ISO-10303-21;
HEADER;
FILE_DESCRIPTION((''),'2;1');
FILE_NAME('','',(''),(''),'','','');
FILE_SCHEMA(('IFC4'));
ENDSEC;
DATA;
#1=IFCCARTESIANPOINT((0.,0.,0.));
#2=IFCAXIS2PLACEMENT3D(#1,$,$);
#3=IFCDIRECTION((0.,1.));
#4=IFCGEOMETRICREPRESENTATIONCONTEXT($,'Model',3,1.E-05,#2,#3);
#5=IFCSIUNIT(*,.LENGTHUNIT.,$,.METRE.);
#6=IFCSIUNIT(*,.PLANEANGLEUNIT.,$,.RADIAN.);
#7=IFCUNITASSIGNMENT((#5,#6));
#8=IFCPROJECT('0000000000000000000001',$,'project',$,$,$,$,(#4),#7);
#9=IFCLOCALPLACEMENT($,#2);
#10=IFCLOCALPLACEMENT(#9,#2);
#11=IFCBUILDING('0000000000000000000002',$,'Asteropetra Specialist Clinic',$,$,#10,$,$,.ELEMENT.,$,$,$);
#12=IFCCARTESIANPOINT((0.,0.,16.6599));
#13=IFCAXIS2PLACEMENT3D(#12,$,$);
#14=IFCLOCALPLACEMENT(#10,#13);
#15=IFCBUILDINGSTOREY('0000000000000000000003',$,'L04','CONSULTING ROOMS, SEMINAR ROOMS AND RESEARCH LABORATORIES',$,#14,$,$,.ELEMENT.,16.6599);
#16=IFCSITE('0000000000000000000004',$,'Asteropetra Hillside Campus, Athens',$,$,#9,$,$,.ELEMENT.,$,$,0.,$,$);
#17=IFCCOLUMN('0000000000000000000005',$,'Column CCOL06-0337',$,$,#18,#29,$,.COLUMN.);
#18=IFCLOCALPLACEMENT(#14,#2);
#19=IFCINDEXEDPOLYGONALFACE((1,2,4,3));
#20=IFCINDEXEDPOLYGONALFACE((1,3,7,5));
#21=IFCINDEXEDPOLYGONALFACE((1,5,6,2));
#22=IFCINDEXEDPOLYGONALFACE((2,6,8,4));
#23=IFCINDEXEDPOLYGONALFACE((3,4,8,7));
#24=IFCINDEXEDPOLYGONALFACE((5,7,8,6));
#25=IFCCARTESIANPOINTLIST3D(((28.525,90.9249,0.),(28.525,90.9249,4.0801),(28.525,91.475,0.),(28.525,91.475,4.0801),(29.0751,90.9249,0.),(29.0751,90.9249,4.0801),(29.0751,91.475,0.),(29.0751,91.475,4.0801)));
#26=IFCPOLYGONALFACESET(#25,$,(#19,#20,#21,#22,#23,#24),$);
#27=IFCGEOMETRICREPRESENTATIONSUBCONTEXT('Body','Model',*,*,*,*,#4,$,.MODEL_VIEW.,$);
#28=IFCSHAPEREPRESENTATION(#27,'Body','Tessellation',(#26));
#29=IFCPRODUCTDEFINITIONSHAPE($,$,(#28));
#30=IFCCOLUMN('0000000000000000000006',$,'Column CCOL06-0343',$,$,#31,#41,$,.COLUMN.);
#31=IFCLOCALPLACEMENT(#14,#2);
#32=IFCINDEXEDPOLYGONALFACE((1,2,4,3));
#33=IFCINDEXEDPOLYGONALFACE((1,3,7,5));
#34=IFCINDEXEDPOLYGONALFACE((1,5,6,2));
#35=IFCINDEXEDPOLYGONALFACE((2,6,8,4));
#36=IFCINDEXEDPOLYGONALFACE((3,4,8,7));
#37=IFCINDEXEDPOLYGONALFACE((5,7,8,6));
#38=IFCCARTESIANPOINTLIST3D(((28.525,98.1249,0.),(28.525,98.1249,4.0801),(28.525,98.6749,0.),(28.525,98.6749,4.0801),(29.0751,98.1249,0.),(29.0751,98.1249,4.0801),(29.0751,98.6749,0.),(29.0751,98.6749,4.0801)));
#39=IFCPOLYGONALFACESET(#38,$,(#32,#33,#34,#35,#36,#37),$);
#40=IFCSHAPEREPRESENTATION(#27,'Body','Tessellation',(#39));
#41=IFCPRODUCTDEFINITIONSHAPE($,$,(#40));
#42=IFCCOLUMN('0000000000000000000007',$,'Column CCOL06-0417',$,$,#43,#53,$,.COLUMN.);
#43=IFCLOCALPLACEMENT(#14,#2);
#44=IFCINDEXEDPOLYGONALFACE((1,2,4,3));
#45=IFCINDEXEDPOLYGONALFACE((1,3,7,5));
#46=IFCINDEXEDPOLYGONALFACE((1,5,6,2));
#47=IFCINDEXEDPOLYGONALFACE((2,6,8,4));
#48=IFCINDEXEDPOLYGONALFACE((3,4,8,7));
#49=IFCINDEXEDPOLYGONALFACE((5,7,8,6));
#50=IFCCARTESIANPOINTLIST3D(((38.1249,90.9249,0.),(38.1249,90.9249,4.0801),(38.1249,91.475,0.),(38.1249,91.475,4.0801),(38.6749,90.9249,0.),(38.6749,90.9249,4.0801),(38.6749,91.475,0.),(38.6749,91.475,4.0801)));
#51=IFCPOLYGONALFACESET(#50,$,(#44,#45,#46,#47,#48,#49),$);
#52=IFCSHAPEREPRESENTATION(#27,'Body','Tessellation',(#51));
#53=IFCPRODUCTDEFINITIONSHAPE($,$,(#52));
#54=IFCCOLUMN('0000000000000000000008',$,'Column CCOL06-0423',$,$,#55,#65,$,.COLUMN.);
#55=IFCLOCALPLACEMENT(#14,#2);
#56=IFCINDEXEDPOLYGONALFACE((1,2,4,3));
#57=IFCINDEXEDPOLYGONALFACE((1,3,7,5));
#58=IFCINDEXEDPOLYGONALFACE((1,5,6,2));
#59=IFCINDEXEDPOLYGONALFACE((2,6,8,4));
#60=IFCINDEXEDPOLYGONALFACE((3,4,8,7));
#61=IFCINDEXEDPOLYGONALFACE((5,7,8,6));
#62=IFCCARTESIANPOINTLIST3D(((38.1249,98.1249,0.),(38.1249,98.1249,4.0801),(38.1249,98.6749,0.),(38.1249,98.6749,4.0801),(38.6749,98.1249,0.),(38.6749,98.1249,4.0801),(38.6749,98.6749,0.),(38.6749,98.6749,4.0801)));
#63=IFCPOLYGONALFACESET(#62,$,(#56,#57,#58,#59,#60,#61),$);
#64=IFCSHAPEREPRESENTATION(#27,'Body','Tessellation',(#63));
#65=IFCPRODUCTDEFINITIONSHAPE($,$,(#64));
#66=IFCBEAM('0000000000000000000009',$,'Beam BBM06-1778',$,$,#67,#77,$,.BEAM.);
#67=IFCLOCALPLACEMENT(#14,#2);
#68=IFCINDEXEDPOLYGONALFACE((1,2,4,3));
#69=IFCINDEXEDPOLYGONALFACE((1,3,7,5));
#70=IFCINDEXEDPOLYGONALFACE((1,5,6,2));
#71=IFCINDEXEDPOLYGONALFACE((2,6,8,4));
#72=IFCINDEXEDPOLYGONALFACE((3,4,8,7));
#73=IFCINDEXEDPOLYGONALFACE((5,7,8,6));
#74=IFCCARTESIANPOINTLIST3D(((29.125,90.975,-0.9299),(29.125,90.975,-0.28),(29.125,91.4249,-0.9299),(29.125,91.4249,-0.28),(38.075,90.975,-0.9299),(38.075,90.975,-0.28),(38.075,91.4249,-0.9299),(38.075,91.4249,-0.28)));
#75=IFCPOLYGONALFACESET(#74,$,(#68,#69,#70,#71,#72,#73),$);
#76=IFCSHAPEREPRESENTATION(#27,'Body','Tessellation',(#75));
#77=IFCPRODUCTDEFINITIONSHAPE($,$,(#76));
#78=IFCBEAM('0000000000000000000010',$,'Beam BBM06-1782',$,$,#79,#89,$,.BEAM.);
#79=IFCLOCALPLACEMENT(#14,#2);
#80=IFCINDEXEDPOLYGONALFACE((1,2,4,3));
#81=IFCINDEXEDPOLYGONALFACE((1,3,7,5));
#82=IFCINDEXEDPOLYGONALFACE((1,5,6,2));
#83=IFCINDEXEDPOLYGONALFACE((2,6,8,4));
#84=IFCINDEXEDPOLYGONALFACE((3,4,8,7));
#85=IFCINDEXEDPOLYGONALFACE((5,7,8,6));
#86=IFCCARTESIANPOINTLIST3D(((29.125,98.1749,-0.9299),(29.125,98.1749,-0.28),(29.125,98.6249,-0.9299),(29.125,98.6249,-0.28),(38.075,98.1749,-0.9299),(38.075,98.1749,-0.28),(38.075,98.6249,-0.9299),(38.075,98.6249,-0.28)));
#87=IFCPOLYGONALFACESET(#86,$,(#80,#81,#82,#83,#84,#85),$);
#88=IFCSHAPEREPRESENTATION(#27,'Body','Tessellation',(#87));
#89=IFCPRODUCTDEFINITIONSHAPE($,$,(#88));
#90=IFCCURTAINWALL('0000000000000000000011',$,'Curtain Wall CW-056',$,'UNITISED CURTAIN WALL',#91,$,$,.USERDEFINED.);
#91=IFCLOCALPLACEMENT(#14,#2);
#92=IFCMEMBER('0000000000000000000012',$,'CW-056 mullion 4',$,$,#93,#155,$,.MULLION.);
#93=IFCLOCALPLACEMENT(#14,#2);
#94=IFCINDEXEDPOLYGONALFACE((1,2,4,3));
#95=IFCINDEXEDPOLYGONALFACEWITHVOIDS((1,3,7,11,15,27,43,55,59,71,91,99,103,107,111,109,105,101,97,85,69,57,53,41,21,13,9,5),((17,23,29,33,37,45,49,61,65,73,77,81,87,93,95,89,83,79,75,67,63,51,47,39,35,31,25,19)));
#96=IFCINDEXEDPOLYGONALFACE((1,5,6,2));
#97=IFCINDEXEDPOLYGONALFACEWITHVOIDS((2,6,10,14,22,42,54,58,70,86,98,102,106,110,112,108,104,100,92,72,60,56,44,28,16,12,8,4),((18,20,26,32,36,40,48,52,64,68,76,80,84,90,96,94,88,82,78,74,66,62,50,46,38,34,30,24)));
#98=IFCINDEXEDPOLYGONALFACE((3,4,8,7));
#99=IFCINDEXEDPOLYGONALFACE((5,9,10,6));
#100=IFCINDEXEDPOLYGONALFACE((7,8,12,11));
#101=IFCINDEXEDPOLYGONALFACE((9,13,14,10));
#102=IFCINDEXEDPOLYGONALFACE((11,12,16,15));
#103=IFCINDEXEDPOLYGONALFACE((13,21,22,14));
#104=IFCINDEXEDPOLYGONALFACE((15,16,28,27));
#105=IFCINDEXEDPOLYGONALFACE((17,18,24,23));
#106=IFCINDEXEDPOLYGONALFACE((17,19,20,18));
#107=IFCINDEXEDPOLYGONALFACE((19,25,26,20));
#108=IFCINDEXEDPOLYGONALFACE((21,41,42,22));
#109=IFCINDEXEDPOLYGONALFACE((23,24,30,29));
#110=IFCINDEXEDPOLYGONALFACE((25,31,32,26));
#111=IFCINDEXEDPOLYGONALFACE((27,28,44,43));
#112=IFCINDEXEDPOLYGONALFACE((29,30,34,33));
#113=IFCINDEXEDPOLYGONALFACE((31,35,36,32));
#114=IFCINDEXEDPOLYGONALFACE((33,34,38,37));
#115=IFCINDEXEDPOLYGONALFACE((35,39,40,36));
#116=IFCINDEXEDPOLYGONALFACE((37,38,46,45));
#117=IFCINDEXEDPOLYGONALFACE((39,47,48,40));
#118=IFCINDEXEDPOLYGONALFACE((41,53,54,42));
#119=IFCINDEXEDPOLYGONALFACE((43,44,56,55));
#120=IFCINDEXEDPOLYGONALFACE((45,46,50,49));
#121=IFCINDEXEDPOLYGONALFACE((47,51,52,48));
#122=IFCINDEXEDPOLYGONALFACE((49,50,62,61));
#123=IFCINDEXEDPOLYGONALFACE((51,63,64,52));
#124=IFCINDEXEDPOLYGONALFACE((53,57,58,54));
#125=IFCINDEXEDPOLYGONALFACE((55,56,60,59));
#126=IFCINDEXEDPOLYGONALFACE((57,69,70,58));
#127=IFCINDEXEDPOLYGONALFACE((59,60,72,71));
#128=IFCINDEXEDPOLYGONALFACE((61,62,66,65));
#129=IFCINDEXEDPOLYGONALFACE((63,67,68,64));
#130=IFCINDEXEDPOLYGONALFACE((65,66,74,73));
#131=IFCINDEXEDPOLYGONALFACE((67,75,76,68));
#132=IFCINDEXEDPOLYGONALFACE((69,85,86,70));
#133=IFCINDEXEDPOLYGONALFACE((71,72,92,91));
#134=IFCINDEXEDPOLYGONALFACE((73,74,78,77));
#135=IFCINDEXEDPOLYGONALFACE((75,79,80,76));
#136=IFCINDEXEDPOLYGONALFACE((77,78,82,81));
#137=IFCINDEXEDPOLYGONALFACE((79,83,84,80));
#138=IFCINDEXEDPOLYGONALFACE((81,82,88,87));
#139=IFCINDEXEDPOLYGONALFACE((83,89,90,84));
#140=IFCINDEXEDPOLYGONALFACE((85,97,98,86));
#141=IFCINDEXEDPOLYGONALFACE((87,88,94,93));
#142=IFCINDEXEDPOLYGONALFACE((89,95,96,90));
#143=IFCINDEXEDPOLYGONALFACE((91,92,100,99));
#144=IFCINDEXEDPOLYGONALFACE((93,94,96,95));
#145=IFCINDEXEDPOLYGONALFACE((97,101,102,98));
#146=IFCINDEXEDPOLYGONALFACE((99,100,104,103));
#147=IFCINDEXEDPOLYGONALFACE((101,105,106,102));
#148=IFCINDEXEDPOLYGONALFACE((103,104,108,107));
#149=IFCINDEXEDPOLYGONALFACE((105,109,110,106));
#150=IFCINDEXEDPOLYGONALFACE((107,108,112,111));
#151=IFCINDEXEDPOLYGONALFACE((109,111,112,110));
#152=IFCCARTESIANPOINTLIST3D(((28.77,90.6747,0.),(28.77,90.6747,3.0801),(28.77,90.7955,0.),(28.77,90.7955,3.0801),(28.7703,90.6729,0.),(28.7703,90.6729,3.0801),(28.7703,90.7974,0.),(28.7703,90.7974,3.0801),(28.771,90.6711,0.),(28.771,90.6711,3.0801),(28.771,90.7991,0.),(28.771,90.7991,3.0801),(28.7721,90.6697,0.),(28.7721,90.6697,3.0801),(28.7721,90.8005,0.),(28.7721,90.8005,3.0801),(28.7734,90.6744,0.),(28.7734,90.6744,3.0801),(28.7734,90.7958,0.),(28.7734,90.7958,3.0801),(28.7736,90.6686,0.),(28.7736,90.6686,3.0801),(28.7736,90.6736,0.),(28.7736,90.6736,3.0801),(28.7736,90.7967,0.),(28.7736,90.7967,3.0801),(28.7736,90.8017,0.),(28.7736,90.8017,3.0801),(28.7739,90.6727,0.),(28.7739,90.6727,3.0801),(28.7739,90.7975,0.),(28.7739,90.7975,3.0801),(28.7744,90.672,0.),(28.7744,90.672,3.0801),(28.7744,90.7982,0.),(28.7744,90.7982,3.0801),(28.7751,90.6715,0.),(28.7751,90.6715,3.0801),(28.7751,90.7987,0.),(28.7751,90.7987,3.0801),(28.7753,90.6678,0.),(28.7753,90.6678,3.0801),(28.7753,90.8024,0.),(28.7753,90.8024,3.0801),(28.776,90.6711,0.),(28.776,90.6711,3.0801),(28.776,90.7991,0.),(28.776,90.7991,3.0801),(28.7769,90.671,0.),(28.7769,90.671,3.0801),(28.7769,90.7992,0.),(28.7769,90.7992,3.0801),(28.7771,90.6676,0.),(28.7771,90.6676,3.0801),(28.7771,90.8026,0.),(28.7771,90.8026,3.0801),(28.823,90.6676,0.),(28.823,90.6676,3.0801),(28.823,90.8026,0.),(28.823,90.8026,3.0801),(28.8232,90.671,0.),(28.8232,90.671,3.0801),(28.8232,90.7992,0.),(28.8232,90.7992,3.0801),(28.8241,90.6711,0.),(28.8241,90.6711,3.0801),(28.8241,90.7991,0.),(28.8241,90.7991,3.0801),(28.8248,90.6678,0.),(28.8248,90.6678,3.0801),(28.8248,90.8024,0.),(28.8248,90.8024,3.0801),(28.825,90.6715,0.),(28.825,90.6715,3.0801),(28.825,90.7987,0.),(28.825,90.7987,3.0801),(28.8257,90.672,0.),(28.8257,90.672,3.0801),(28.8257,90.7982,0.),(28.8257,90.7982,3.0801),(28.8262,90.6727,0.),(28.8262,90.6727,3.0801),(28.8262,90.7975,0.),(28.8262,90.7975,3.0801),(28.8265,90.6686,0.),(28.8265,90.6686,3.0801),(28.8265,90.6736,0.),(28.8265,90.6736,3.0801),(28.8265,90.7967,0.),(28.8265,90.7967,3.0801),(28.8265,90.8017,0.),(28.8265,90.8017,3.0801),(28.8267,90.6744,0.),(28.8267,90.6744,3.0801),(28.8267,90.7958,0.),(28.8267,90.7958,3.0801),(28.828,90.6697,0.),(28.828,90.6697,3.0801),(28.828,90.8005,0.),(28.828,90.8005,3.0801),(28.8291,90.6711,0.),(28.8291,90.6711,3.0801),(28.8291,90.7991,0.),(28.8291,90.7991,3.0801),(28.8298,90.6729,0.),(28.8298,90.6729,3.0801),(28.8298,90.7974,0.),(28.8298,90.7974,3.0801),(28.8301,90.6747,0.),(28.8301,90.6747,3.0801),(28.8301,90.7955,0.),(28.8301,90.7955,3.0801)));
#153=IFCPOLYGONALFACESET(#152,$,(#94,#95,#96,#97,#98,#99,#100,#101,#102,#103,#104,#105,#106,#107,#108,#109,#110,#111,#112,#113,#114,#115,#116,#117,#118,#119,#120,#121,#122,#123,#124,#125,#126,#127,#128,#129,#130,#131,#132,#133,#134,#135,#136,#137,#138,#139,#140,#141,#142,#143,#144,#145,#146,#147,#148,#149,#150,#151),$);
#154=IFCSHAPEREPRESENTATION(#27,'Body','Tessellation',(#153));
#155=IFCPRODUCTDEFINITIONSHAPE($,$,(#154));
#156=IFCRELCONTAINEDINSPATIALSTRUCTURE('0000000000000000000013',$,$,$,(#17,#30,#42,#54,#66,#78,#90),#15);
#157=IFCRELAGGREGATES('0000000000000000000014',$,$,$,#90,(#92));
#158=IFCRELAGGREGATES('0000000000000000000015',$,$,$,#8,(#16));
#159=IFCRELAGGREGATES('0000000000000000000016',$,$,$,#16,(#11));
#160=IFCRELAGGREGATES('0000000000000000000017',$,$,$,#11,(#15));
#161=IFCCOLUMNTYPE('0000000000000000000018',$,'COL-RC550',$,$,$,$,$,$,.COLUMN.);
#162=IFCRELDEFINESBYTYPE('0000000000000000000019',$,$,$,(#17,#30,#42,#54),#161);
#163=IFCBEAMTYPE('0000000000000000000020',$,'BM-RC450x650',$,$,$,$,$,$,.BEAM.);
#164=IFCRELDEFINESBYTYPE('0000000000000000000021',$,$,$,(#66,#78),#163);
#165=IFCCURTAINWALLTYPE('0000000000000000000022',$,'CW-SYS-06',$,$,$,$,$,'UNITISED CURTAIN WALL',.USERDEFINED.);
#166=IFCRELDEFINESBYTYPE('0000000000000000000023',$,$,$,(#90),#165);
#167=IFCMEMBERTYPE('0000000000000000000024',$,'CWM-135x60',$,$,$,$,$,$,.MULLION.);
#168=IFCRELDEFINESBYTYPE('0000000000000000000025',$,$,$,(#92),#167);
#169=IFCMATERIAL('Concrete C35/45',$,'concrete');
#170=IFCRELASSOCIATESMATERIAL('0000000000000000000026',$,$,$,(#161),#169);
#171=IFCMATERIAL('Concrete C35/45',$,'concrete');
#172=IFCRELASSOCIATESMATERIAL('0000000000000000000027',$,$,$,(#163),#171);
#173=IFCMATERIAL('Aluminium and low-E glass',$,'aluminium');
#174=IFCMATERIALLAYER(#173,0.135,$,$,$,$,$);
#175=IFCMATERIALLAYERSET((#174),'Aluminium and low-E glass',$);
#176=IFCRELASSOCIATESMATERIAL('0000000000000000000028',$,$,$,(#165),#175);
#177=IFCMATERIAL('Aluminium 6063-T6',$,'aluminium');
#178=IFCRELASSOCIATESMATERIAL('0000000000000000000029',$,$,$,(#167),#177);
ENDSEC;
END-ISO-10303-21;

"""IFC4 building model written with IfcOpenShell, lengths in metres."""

from ifc_helpers import new_model, si_unit, direction, frame, origin, origin_2d, place, context, subcontext, project, spatial, rectangle, hollow_rectangle, extrude, material, layer, layer_set, material_profile, profile_set, type_object, element, aggregate, save


model = new_model("IFC4")

# Units and contexts
model_context = context("Model", 3, precision=1e-05, world=origin(), true_north=direction((0.0, 1.0)))
body_context = subcontext(model_context, "Body", "Model", "MODEL_VIEW")
ifc_project = project(units=[si_unit("LENGTHUNIT", "METRE"), si_unit("PLANEANGLEUNIT", "RADIAN")], contexts=[model_context])

# Site, building, storey
site_placement = place(None, origin())
site = spatial("IfcSite", under=ifc_project, at=site_placement, Name="Asteropetra Hillside Campus, Athens", CompositionType="ELEMENT", RefElevation=0.0)
building_placement = place(site_placement, origin())
building = spatial("IfcBuilding", under=site, at=building_placement, Name="Asteropetra Specialist Clinic", CompositionType="ELEMENT")
storey_placement = place(building_placement, frame((0.0, 0.0, 16.6599)))
storey = spatial("IfcBuildingStorey", under=building, at=storey_placement, Name="L04", Description="CONSULTING ROOMS, SEMINAR ROOMS AND RESEARCH LABORATORIES", CompositionType="ELEMENT", Elevation=16.6599)

# Columns
ifc_material_1 = material(Name="Concrete C35/45", Category="concrete")
ifc_material_profile_1 = material_profile(ifc_material_1, rectangle(XDim=0.55, YDim=0.55, at=origin_2d()), Name="RC 550x550")
ifc_profile_set_1 = profile_set([ifc_material_profile_1], Name="Concrete C35/45")
column_type = type_object("IfcColumnType", Name="COL-RC550", PredefinedType="COLUMN", material=ifc_profile_set_1)
for number, where, z_axis, x_axis, name in (
    (1, (28.8, 91.2, 0.0), (0.0, 0.0, 1.0), (1.0, 0.0, 0.0), "Column CCOL06-0337"),
    (2, (28.8, 98.3999, 0.0), (0.0, 0.0, 1.0), (1.0, 0.0, 0.0), "Column CCOL06-0343"),
    (3, (38.3999, 91.2, 0.0), (0.0, 0.0, 1.0), (1.0, 0.0, 0.0), "Column CCOL06-0417"),
    (4, (38.3999, 98.3999, 0.0), (0.0, 0.0, 1.0), (1.0, 0.0, 0.0), "Column CCOL06-0423"),
):
    element("IfcColumn", number, at=place(storey_placement, frame(where, z_axis=z_axis, x_axis=x_axis)), inside=storey, type_object=column_type, Name=name, PredefinedType="COLUMN", context=body_context, shape_type="SweptSolid", body=[
        extrude(rectangle(XDim=0.55, YDim=0.55, at=origin_2d()), origin(), (0.0, 0.0, 1.0), 4.0801),
    ])

# Beams
ifc_material_2 = material(Name="Concrete C35/45", Category="concrete")
ifc_material_profile_2 = material_profile(ifc_material_2, rectangle(XDim=0.45, YDim=0.6499, at=origin_2d()), Name="RCB 450x650")
ifc_profile_set_2 = profile_set([ifc_material_profile_2], Name="Concrete C35/45")
beam_type_1 = type_object("IfcBeamType", Name="BM-RC450x650", PredefinedType="BEAM", material=ifc_profile_set_2)
for number, where, z_axis, x_axis, name in (
    (5, (29.125, 91.2, -0.605), (1.0, 0.0, 0.0), (0.0, 1.0, 0.0), "Beam BBM06-1778"),
    (6, (29.125, 98.3999, -0.605), (1.0, 0.0, 0.0), (0.0, 1.0, 0.0), "Beam BBM06-1782"),
):
    element("IfcBeam", number, at=place(storey_placement, frame(where, z_axis=z_axis, x_axis=x_axis)), inside=storey, type_object=beam_type_1, Name=name, PredefinedType="BEAM", context=body_context, shape_type="SweptSolid", body=[
        extrude(rectangle(XDim=0.45, YDim=0.6499, at=origin_2d()), origin(), (0.0, 0.0, 1.0), 8.95),
    ])

# Curtain wall, member
ifc_material_3 = material(Name="Aluminium and low-E glass", Category="aluminium")
ifc_layer_1 = layer(ifc_material_3, 0.135)
ifc_layer_set_1 = layer_set([ifc_layer_1], Name="Aluminium and low-E glass")
curtain_wall_type_1 = type_object("IfcCurtainWallType", Name="CW-SYS-06", ElementType="UNITISED CURTAIN WALL", PredefinedType="USERDEFINED", material=ifc_layer_set_1)
curtain_wall_1_placement = place(storey_placement, origin())
curtain_wall_1 = element("IfcCurtainWall", 7, at=curtain_wall_1_placement, inside=storey, type_object=curtain_wall_type_1, Name="Curtain Wall CW-056", ObjectType="UNITISED CURTAIN WALL", PredefinedType="USERDEFINED")
ifc_material_4 = material(Name="Aluminium 6063-T6", Category="aluminium")
ifc_material_profile_3 = material_profile(ifc_material_4, hollow_rectangle(XDim=0.0601, YDim=0.135, WallThickness=0.0034, InnerFilletRadius=0.0034, OuterFilletRadius=0.0071, at=origin_2d()), Name="MUL 135x60x3.5")
ifc_profile_set_3 = profile_set([ifc_material_profile_3], Name="Aluminium 6063-T6")
member_type_1 = type_object("IfcMemberType", Name="CWM-135x60", PredefinedType="MULLION", material=ifc_profile_set_3)
member_1_placement = place(storey_placement, frame((28.8, 90.7351, 0.0), z_axis=(0.0, 0.0, 1.0), x_axis=(-1.0, 0.0, 0.0)))
member_1 = element("IfcMember", 8, at=member_1_placement, type_object=member_type_1, Name="CW-056 mullion 4", PredefinedType="MULLION", context=body_context, shape_type="SweptSolid", body=[
    extrude(hollow_rectangle(XDim=0.0601, YDim=0.135, WallThickness=0.0034, InnerFilletRadius=0.0034, OuterFilletRadius=0.0071, at=origin_2d()), origin(), (0.0, 0.0, 1.0), 3.0801),
])

aggregate(curtain_wall_1, [member_1])

save(model, "model.ifc")
